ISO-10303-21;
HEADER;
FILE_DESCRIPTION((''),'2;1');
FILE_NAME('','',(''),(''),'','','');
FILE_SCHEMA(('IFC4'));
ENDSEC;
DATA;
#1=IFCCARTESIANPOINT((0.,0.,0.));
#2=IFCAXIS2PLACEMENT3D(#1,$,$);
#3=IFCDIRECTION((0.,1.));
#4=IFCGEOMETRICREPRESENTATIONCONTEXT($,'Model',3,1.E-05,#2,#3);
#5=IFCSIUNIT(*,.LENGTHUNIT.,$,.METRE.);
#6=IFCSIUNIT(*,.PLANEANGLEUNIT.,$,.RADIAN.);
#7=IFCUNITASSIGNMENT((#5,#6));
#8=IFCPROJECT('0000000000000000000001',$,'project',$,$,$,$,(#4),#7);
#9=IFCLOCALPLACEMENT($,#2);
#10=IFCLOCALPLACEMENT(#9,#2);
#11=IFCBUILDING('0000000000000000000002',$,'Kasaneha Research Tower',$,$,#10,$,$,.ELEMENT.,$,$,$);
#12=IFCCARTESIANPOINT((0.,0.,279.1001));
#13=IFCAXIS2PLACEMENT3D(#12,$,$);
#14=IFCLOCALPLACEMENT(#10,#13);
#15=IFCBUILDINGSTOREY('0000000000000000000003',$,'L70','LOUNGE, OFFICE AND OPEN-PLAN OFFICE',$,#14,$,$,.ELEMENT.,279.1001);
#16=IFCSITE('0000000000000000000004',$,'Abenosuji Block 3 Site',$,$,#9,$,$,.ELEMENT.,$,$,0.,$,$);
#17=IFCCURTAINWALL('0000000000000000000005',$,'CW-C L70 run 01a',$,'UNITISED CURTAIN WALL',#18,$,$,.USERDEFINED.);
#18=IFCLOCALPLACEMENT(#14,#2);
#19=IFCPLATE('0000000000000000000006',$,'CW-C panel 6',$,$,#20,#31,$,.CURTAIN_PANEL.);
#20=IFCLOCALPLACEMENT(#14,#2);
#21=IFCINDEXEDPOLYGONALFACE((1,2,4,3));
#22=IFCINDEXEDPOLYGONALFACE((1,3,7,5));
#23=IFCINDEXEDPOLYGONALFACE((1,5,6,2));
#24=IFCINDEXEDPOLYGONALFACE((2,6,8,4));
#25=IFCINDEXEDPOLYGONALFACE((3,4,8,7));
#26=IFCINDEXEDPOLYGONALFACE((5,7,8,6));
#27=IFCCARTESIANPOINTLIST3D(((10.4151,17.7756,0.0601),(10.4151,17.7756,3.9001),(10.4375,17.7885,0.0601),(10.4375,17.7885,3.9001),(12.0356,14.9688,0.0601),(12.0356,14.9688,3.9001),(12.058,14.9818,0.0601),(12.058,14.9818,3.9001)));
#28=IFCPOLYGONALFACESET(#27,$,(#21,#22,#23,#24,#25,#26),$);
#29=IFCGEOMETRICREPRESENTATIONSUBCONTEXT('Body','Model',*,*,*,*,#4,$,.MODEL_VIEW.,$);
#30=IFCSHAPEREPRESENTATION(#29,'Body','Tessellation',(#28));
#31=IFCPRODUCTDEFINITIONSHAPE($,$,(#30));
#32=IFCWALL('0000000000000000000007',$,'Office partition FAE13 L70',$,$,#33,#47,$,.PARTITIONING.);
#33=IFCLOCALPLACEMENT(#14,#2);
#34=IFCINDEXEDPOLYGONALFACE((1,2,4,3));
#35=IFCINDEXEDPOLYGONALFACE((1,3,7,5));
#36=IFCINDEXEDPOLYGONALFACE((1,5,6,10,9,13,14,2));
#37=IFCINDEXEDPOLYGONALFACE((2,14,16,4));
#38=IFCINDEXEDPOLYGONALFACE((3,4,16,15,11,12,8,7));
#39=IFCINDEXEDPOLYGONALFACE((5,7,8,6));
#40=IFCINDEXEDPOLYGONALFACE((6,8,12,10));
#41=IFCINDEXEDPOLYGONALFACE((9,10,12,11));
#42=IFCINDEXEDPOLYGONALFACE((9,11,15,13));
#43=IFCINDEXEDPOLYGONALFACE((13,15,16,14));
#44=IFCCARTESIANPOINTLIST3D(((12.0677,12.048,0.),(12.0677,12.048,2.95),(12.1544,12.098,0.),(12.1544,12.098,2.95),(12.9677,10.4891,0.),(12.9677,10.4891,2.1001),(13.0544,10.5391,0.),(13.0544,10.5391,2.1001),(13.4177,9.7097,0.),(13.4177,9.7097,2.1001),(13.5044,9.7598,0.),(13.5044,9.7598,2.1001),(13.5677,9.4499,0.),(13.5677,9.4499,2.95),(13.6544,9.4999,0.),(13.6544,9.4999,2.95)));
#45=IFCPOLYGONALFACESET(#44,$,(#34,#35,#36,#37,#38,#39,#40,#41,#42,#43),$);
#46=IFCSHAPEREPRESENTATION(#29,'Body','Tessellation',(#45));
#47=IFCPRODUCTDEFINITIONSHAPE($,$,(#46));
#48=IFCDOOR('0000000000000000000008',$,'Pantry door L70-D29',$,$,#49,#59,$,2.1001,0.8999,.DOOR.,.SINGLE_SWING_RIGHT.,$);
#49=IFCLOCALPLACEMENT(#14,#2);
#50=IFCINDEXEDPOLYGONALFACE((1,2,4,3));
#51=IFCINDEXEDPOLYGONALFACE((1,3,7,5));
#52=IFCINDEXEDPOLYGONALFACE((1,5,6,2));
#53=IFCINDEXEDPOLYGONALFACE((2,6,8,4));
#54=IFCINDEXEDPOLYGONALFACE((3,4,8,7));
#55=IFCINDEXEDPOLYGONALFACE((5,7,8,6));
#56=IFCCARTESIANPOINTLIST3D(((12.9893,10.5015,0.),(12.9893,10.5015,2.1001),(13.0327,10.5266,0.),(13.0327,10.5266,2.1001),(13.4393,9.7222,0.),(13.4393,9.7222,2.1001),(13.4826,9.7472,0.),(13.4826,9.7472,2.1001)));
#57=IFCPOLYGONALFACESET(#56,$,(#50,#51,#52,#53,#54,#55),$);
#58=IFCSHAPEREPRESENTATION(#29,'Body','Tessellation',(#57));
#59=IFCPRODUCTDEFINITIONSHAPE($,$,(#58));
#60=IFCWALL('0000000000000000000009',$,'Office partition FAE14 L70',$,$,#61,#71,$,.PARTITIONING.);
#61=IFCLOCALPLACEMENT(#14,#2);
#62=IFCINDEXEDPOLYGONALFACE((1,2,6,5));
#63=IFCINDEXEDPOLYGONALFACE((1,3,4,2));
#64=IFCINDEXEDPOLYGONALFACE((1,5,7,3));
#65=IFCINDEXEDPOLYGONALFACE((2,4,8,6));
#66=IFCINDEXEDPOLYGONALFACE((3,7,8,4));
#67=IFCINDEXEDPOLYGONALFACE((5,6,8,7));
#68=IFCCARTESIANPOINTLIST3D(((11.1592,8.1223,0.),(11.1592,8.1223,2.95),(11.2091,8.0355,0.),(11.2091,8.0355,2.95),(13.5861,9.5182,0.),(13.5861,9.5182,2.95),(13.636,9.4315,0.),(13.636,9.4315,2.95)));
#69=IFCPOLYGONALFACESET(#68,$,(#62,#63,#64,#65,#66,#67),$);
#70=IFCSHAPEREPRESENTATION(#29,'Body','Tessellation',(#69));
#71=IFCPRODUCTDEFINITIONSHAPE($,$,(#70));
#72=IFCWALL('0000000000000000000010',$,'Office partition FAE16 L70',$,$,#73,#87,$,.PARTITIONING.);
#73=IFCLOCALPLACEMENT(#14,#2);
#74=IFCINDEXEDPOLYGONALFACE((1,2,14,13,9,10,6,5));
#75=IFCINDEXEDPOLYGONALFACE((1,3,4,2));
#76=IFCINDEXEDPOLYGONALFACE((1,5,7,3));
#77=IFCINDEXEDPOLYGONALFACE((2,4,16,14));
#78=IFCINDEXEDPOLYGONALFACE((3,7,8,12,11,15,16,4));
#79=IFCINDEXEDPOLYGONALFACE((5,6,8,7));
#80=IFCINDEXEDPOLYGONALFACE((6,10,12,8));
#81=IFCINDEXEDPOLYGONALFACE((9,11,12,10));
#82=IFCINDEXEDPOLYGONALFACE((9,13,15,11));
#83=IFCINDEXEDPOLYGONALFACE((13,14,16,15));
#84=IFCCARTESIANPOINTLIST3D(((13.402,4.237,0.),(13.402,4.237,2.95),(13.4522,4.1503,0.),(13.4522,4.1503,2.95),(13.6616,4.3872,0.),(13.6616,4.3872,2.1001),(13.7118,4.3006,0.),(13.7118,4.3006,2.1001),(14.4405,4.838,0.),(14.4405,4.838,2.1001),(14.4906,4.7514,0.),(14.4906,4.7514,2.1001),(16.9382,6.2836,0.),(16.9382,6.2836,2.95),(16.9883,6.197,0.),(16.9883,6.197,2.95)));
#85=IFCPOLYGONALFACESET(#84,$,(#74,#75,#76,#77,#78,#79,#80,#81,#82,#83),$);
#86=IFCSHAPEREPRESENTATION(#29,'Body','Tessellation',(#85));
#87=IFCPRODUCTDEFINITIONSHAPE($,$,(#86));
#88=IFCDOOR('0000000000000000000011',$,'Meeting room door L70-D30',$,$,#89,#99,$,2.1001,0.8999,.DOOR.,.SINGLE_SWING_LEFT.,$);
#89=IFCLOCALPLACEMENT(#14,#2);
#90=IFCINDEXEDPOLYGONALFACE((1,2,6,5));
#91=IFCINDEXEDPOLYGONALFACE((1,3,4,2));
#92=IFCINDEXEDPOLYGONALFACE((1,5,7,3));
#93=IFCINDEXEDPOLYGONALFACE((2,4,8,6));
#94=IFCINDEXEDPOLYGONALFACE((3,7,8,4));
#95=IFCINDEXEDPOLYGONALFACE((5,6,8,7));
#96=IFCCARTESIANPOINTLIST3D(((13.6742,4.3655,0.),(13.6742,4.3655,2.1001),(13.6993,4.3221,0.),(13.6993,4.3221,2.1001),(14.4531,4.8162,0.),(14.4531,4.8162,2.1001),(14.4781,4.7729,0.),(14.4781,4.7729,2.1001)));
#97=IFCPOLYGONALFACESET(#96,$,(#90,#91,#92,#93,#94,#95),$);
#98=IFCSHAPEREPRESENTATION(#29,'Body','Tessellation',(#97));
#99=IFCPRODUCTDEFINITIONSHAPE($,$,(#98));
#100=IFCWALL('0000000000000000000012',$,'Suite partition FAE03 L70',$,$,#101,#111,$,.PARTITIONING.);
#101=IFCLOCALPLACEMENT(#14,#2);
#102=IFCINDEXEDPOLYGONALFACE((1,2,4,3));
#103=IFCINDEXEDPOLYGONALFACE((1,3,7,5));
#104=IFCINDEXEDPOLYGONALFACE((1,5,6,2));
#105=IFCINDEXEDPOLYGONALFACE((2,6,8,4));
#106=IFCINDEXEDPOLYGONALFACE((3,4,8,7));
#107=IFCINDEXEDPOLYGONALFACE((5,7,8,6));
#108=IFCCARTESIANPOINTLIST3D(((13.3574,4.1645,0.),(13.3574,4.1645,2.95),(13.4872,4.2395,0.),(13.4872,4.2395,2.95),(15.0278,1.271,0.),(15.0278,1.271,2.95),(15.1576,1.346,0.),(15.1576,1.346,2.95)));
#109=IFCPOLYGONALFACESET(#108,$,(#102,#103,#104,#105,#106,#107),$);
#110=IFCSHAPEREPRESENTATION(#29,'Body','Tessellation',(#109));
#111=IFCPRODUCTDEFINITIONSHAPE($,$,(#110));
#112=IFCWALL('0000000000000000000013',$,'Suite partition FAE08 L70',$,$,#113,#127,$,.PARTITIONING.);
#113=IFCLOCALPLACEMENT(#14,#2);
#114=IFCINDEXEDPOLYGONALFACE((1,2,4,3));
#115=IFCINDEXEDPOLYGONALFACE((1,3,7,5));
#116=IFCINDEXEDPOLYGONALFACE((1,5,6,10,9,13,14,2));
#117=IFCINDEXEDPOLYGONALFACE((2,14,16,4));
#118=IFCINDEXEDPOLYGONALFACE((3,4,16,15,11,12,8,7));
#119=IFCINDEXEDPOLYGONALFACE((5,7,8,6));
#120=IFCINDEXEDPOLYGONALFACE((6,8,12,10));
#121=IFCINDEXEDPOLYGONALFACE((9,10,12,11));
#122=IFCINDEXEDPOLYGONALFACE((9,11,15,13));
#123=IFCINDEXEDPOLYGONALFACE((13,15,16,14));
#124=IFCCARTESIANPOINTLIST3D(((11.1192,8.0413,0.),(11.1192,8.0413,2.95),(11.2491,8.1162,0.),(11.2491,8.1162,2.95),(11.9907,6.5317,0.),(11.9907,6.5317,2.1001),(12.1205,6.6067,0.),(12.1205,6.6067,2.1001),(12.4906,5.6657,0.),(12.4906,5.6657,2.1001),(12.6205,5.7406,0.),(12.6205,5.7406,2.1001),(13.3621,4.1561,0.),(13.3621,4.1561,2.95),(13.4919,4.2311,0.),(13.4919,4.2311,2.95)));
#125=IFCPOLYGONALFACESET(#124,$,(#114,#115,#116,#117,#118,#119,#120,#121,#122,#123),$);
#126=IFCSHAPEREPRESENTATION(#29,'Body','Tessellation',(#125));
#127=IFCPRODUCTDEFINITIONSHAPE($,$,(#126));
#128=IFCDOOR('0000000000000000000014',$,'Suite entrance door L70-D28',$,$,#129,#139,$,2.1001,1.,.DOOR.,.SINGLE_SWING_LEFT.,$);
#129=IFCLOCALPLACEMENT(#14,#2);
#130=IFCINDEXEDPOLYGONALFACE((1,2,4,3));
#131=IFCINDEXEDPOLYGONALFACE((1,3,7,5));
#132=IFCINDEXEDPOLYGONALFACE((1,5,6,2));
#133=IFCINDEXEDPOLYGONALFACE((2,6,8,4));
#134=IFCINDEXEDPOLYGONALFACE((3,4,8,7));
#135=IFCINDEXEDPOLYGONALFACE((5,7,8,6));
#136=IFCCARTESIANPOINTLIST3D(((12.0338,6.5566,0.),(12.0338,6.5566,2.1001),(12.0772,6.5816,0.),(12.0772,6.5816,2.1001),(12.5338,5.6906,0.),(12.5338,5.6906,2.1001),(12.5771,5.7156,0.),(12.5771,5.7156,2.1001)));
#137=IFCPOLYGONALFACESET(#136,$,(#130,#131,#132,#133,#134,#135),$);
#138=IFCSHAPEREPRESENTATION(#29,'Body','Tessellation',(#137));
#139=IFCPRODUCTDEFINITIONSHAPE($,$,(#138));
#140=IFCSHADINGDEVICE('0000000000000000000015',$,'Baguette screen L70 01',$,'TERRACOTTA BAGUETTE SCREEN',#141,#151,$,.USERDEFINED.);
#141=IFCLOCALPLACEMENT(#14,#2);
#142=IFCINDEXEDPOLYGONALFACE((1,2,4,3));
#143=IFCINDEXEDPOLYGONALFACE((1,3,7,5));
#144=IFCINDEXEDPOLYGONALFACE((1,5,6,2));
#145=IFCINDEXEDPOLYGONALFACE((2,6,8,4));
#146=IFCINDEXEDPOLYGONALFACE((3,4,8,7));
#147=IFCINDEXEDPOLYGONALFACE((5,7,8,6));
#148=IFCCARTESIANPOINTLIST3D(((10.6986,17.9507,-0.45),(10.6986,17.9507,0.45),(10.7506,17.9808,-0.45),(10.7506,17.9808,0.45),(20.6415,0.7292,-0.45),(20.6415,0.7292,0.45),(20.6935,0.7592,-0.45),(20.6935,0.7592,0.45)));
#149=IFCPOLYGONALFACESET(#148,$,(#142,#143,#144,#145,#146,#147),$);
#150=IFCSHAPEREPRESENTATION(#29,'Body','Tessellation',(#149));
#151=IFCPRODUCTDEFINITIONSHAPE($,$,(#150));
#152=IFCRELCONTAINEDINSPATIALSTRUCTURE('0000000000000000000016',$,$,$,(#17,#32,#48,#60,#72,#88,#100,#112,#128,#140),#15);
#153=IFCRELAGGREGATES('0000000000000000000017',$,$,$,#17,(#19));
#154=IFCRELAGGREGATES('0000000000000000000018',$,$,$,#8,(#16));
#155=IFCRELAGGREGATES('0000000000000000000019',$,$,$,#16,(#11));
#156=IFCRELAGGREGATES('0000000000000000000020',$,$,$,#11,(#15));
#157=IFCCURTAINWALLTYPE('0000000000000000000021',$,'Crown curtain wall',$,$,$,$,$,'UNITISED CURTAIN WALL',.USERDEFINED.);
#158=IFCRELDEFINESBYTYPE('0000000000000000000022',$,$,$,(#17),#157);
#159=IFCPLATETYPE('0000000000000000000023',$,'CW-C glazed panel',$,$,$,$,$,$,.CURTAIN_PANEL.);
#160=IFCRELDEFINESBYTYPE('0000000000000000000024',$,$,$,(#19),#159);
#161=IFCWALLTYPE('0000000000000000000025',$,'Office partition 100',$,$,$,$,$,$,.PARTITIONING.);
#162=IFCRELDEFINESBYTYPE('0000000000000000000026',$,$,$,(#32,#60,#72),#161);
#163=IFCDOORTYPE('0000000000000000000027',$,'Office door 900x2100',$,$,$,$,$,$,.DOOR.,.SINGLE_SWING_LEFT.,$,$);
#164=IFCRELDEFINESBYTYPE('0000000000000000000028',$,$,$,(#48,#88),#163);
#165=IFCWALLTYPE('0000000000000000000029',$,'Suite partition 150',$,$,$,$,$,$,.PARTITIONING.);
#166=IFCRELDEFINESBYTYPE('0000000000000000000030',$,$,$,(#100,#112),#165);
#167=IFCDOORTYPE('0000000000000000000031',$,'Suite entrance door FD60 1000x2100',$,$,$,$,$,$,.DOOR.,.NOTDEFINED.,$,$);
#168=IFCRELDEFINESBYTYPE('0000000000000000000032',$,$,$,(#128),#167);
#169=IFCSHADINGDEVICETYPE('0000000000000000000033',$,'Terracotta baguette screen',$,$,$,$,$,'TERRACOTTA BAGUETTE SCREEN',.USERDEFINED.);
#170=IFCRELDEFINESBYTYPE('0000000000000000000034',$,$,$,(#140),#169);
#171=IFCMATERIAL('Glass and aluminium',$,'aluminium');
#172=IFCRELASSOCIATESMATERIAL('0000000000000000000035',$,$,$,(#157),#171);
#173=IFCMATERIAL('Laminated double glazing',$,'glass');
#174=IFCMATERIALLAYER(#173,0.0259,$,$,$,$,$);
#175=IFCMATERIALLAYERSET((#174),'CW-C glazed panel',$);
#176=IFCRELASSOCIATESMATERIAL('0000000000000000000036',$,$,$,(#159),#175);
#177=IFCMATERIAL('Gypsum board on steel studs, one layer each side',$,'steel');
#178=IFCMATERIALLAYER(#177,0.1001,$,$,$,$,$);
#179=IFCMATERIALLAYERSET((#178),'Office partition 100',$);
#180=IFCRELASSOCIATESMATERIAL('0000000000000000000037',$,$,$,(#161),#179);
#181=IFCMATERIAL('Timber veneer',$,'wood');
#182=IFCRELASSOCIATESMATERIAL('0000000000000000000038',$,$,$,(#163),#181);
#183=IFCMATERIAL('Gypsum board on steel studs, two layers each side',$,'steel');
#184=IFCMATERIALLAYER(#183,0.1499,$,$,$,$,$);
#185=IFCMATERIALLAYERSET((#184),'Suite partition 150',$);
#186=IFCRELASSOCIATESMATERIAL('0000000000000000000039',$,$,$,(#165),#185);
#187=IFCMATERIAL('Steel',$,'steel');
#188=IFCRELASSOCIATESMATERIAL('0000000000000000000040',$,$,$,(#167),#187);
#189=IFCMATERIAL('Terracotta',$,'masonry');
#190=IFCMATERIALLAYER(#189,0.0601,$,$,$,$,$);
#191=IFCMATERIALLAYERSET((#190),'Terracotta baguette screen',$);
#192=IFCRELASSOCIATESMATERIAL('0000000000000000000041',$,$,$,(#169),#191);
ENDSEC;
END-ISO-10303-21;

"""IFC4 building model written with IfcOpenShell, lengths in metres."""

from ifc_helpers import new_model, si_unit, direction, frame, frame_2d, origin, origin_2d, place, context, subcontext, project, spatial, rectangle, extrude, material, layer, layer_set, type_object, element, fill, aggregate, save


model = new_model("IFC4")

# Units and contexts
model_context = context("Model", 3, precision=1e-05, world=origin(), true_north=direction((0.0, 1.0)))
body_context = subcontext(model_context, "Body", "Model", "MODEL_VIEW")
ifc_project = project(units=[si_unit("LENGTHUNIT", "METRE"), si_unit("PLANEANGLEUNIT", "RADIAN")], contexts=[model_context])

# Site, building, storey
site_placement = place(None, origin())
site = spatial("IfcSite", under=ifc_project, at=site_placement, Name="Abenosuji Block 3 Site", CompositionType="ELEMENT", RefElevation=0.0)
building_placement = place(site_placement, origin())
building = spatial("IfcBuilding", under=site, at=building_placement, Name="Kasaneha Research Tower", CompositionType="ELEMENT")
storey_placement = place(building_placement, frame((0.0, 0.0, 279.1001)))
storey = spatial("IfcBuildingStorey", under=building, at=storey_placement, Name="L70", Description="LOUNGE, OFFICE AND OPEN-PLAN OFFICE", CompositionType="ELEMENT", Elevation=279.1001)

# Curtain wall, plate
ifc_material_1 = material(Name="Glass and aluminium", Category="aluminium")
curtain_wall_type = type_object("IfcCurtainWallType", Name="Crown curtain wall", ElementType="UNITISED CURTAIN WALL", PredefinedType="USERDEFINED", material=ifc_material_1)
curtain_wall_placement = place(storey_placement, origin())
curtain_wall = element("IfcCurtainWall", 1, at=curtain_wall_placement, inside=storey, type_object=curtain_wall_type, Name="CW-C L70 run 01a", ObjectType="UNITISED CURTAIN WALL", PredefinedType="USERDEFINED")
ifc_material_2 = material(Name="Laminated double glazing", Category="glass")
ifc_layer_1 = layer(ifc_material_2, 0.0259)
ifc_layer_set_1 = layer_set([ifc_layer_1], Name="CW-C glazed panel")
plate_type = type_object("IfcPlateType", Name="CW-C glazed panel", PredefinedType="CURTAIN_PANEL", material=ifc_layer_set_1)
plate_1_placement = place(storey_placement, frame((11.2366, 16.3787, 0.0601), z_axis=(0.0, 0.0, 1.0), x_axis=(-0.5, 0.866025, 0.0)))
plate_1 = element("IfcPlate", 2, at=plate_1_placement, type_object=plate_type, Name="CW-C panel 6", PredefinedType="CURTAIN_PANEL", context=body_context, shape_type="SweptSolid", body=[
    extrude(rectangle(XDim=3.241, YDim=0.0259, at=origin_2d()), origin(), (0.0, 0.0, 1.0), 3.8401),
])
aggregate(curtain_wall, [plate_1])

# Wall, opening, door
ifc_material_3 = material(Name="Gypsum board on steel studs, one layer each side", Category="steel")
ifc_layer_2 = layer(ifc_material_3, 0.1001)
ifc_layer_set_2 = layer_set([ifc_layer_2], Name="Office partition 100")
wall_type_1 = type_object("IfcWallType", Name="Office partition 100", PredefinedType="PARTITIONING", material=ifc_layer_set_2)
wall_1_placement = place(storey_placement, frame((12.1111, 12.073, 0.0), z_axis=(0.0, 0.0, 1.0), x_axis=(0.49999, -0.866031, 0.0)))
wall_1 = element("IfcWall", 3, at=wall_1_placement, inside=storey, type_object=wall_type_1, Name="Office partition FAE13 L70", PredefinedType="PARTITIONING", context=body_context, shape_type="SweptSolid", body=[
    extrude(rectangle(XDim=3.0, YDim=0.1001, at=frame_2d((1.5, 0.0))), origin(), (0.0, 0.0, 1.0), 2.95),
])
opening_1_placement = place(wall_1_placement, frame((1.8, 0.0, 0.0)))
opening_1 = element("IfcOpeningElement", 4, at=opening_1_placement, cuts=wall_1, PredefinedType="OPENING", context=body_context, shape_type="SweptSolid", body=[
    extrude(rectangle(XDim=0.8999, YDim=2.1001, at=frame_2d((0.45, 1.05))), frame((0.0, 0.0601, 0.0), z_axis=(0.0, -1.0, 0.0), x_axis=(1.0, 0.0, 0.0)), (0.0, 0.0, 1.0), 0.1201),
])
ifc_material_4 = material(Name="Timber veneer", Category="wood")
door_type_1 = type_object("IfcDoorType", Name="Office door 900x2100", OperationType="SINGLE_SWING_LEFT", PredefinedType="DOOR", material=ifc_material_4)
door_1_placement = place(opening_1_placement, origin())
door_1 = element("IfcDoor", 5, at=door_1_placement, inside=storey, type_object=door_type_1, Name="Pantry door L70-D29", OperationType="SINGLE_SWING_RIGHT", OverallHeight=2.1001, OverallWidth=0.8999, PredefinedType="DOOR", context=body_context, shape_type="SweptSolid", body=[
    extrude(rectangle(XDim=0.8999, YDim=2.1001, at=frame_2d((0.45, 1.05))), frame((0.0, 0.0249, 0.0), z_axis=(0.0, -1.0, 0.0), x_axis=(1.0, 0.0, 0.0)), (0.0, 0.0, 1.0), 0.05),
])
fill(opening_1, door_1)

# Wall
wall_2_placement = place(storey_placement, frame((13.6111, 9.4749, 0.0), z_axis=(0.0, 0.0, 1.0), x_axis=(-0.866834, -0.498597, 0.0)))
element("IfcWall", 6, at=wall_2_placement, inside=storey, type_object=wall_type_1, Name="Office partition FAE14 L70", PredefinedType="PARTITIONING", context=body_context, shape_type="SweptSolid", body=[
    extrude(rectangle(XDim=2.7998, YDim=0.1001, at=frame_2d((1.3999, 0.0))), origin(), (0.0, 0.0, 1.0), 2.95),
])

# Wall, opening, door
wall_3_placement = place(storey_placement, frame((13.427, 4.1936, 0.0), z_axis=(0.0, 0.0, 1.0), x_axis=(0.86549, 0.500926, 0.0)))
wall_3 = element("IfcWall", 7, at=wall_3_placement, inside=storey, type_object=wall_type_1, Name="Office partition FAE16 L70", PredefinedType="PARTITIONING", context=body_context, shape_type="SweptSolid", body=[
    extrude(rectangle(XDim=4.0857, YDim=0.1001, at=frame_2d((2.043, 0.0))), origin(), (0.0, 0.0, 1.0), 2.95),
])
opening_2_placement = place(wall_3_placement, frame((0.3, 0.0, 0.0)))
opening_2 = element("IfcOpeningElement", 8, at=opening_2_placement, cuts=wall_3, PredefinedType="OPENING", context=body_context, shape_type="SweptSolid", body=[
    extrude(rectangle(XDim=0.8999, YDim=2.1001, at=frame_2d((0.45, 1.05))), frame((0.0, 0.0601, 0.0), z_axis=(0.0, -1.0, 0.0), x_axis=(1.0, 0.0, 0.0)), (0.0, 0.0, 1.0), 0.1201),
])
door_2_placement = place(opening_2_placement, origin())
door_2 = element("IfcDoor", 9, at=door_2_placement, inside=storey, type_object=door_type_1, Name="Meeting room door L70-D30", OperationType="SINGLE_SWING_LEFT", OverallHeight=2.1001, OverallWidth=0.8999, PredefinedType="DOOR", context=body_context, shape_type="SweptSolid", body=[
    extrude(rectangle(XDim=0.8999, YDim=2.1001, at=frame_2d((0.45, 1.05))), frame((0.0, 0.0249, 0.0), z_axis=(0.0, -1.0, 0.0), x_axis=(1.0, 0.0, 0.0)), (0.0, 0.0, 1.0), 0.05),
])
fill(opening_2, door_2)

# Wall
ifc_material_5 = material(Name="Gypsum board on steel studs, two layers each side", Category="steel")
ifc_layer_3 = layer(ifc_material_5, 0.1499)
ifc_layer_set_3 = layer_set([ifc_layer_3], Name="Suite partition 150")
wall_type_2 = type_object("IfcWallType", Name="Suite partition 150", PredefinedType="PARTITIONING", material=ifc_layer_set_3)
wall_4_placement = place(storey_placement, frame((13.4224, 4.2019, 0.0), z_axis=(0.0, 0.0, 1.0), x_axis=(0.499959, -0.866049, 0.0)))
element("IfcWall", 10, at=wall_4_placement, inside=storey, type_object=wall_type_2, Name="Suite partition FAE03 L70", PredefinedType="PARTITIONING", context=body_context, shape_type="SweptSolid", body=[
    extrude(rectangle(XDim=3.3411, YDim=0.1499, at=frame_2d((1.6704, 0.0))), origin(), (0.0, 0.0, 1.0), 2.95),
])

# Wall, opening, door
wall_5_placement = place(storey_placement, frame((11.1841, 8.0789, 0.0), z_axis=(0.0, 0.0, 1.0), x_axis=(0.499961, -0.866048, 0.0)))
wall_5 = element("IfcWall", 11, at=wall_5_placement, inside=storey, type_object=wall_type_2, Name="Suite partition FAE08 L70", PredefinedType="PARTITIONING", context=body_context, shape_type="SweptSolid", body=[
    extrude(rectangle(XDim=4.4861, YDim=0.1499, at=frame_2d((2.2432, 0.0))), origin(), (0.0, 0.0, 1.0), 2.95),
])
opening_3_placement = place(wall_5_placement, frame((1.7432, 0.0, 0.0)))
opening_3 = element("IfcOpeningElement", 12, at=opening_3_placement, cuts=wall_5, PredefinedType="OPENING", context=body_context, shape_type="SweptSolid", body=[
    extrude(rectangle(XDim=1.0, YDim=2.1001, at=frame_2d((0.5, 1.05))), frame((0.0, 0.085, 0.0), z_axis=(0.0, -1.0, 0.0), x_axis=(1.0, 0.0, 0.0)), (0.0, 0.0, 1.0), 0.1699),
])
ifc_material_6 = material(Name="Steel", Category="steel")
door_type_2 = type_object("IfcDoorType", Name="Suite entrance door FD60 1000x2100", OperationType="NOTDEFINED", PredefinedType="DOOR", material=ifc_material_6)
door_3_placement = place(opening_3_placement, origin())
door_3 = element("IfcDoor", 13, at=door_3_placement, inside=storey, type_object=door_type_2, Name="Suite entrance door L70-D28", OperationType="SINGLE_SWING_LEFT", OverallHeight=2.1001, OverallWidth=1.0, PredefinedType="DOOR", context=body_context, shape_type="SweptSolid", body=[
    extrude(rectangle(XDim=1.0, YDim=2.1001, at=frame_2d((0.5, 1.05))), frame((0.0, 0.0249, 0.0), z_axis=(0.0, -1.0, 0.0), x_axis=(1.0, 0.0, 0.0)), (0.0, 0.0, 1.0), 0.05),
])
fill(opening_3, door_3)

# Shading device
ifc_material_7 = material(Name="Terracotta", Category="masonry")
ifc_layer_4 = layer(ifc_material_7, 0.0601)
ifc_layer_set_4 = layer_set([ifc_layer_4], Name="Terracotta baguette screen")
shading_device_type = type_object("IfcShadingDeviceType", Name="Terracotta baguette screen", ElementType="TERRACOTTA BAGUETTE SCREEN", PredefinedType="USERDEFINED", material=ifc_layer_set_4)
shading_device_placement = place(storey_placement, frame((15.696, 9.355, -0.45), z_axis=(0.0, 0.0, 1.0), x_axis=(-0.5, 0.866025, 0.0)))
element("IfcShadingDevice", 14, at=shading_device_placement, inside=storey, type_object=shading_device_type, Name="Baguette screen L70 01", ObjectType="TERRACOTTA BAGUETTE SCREEN", PredefinedType="USERDEFINED", context=body_context, shape_type="SweptSolid", body=[
    extrude(rectangle(XDim=19.8857, YDim=0.0601, at=origin_2d()), origin(), (0.0, 0.0, 1.0), 0.8999),
])

save(model, "model.ifc")
